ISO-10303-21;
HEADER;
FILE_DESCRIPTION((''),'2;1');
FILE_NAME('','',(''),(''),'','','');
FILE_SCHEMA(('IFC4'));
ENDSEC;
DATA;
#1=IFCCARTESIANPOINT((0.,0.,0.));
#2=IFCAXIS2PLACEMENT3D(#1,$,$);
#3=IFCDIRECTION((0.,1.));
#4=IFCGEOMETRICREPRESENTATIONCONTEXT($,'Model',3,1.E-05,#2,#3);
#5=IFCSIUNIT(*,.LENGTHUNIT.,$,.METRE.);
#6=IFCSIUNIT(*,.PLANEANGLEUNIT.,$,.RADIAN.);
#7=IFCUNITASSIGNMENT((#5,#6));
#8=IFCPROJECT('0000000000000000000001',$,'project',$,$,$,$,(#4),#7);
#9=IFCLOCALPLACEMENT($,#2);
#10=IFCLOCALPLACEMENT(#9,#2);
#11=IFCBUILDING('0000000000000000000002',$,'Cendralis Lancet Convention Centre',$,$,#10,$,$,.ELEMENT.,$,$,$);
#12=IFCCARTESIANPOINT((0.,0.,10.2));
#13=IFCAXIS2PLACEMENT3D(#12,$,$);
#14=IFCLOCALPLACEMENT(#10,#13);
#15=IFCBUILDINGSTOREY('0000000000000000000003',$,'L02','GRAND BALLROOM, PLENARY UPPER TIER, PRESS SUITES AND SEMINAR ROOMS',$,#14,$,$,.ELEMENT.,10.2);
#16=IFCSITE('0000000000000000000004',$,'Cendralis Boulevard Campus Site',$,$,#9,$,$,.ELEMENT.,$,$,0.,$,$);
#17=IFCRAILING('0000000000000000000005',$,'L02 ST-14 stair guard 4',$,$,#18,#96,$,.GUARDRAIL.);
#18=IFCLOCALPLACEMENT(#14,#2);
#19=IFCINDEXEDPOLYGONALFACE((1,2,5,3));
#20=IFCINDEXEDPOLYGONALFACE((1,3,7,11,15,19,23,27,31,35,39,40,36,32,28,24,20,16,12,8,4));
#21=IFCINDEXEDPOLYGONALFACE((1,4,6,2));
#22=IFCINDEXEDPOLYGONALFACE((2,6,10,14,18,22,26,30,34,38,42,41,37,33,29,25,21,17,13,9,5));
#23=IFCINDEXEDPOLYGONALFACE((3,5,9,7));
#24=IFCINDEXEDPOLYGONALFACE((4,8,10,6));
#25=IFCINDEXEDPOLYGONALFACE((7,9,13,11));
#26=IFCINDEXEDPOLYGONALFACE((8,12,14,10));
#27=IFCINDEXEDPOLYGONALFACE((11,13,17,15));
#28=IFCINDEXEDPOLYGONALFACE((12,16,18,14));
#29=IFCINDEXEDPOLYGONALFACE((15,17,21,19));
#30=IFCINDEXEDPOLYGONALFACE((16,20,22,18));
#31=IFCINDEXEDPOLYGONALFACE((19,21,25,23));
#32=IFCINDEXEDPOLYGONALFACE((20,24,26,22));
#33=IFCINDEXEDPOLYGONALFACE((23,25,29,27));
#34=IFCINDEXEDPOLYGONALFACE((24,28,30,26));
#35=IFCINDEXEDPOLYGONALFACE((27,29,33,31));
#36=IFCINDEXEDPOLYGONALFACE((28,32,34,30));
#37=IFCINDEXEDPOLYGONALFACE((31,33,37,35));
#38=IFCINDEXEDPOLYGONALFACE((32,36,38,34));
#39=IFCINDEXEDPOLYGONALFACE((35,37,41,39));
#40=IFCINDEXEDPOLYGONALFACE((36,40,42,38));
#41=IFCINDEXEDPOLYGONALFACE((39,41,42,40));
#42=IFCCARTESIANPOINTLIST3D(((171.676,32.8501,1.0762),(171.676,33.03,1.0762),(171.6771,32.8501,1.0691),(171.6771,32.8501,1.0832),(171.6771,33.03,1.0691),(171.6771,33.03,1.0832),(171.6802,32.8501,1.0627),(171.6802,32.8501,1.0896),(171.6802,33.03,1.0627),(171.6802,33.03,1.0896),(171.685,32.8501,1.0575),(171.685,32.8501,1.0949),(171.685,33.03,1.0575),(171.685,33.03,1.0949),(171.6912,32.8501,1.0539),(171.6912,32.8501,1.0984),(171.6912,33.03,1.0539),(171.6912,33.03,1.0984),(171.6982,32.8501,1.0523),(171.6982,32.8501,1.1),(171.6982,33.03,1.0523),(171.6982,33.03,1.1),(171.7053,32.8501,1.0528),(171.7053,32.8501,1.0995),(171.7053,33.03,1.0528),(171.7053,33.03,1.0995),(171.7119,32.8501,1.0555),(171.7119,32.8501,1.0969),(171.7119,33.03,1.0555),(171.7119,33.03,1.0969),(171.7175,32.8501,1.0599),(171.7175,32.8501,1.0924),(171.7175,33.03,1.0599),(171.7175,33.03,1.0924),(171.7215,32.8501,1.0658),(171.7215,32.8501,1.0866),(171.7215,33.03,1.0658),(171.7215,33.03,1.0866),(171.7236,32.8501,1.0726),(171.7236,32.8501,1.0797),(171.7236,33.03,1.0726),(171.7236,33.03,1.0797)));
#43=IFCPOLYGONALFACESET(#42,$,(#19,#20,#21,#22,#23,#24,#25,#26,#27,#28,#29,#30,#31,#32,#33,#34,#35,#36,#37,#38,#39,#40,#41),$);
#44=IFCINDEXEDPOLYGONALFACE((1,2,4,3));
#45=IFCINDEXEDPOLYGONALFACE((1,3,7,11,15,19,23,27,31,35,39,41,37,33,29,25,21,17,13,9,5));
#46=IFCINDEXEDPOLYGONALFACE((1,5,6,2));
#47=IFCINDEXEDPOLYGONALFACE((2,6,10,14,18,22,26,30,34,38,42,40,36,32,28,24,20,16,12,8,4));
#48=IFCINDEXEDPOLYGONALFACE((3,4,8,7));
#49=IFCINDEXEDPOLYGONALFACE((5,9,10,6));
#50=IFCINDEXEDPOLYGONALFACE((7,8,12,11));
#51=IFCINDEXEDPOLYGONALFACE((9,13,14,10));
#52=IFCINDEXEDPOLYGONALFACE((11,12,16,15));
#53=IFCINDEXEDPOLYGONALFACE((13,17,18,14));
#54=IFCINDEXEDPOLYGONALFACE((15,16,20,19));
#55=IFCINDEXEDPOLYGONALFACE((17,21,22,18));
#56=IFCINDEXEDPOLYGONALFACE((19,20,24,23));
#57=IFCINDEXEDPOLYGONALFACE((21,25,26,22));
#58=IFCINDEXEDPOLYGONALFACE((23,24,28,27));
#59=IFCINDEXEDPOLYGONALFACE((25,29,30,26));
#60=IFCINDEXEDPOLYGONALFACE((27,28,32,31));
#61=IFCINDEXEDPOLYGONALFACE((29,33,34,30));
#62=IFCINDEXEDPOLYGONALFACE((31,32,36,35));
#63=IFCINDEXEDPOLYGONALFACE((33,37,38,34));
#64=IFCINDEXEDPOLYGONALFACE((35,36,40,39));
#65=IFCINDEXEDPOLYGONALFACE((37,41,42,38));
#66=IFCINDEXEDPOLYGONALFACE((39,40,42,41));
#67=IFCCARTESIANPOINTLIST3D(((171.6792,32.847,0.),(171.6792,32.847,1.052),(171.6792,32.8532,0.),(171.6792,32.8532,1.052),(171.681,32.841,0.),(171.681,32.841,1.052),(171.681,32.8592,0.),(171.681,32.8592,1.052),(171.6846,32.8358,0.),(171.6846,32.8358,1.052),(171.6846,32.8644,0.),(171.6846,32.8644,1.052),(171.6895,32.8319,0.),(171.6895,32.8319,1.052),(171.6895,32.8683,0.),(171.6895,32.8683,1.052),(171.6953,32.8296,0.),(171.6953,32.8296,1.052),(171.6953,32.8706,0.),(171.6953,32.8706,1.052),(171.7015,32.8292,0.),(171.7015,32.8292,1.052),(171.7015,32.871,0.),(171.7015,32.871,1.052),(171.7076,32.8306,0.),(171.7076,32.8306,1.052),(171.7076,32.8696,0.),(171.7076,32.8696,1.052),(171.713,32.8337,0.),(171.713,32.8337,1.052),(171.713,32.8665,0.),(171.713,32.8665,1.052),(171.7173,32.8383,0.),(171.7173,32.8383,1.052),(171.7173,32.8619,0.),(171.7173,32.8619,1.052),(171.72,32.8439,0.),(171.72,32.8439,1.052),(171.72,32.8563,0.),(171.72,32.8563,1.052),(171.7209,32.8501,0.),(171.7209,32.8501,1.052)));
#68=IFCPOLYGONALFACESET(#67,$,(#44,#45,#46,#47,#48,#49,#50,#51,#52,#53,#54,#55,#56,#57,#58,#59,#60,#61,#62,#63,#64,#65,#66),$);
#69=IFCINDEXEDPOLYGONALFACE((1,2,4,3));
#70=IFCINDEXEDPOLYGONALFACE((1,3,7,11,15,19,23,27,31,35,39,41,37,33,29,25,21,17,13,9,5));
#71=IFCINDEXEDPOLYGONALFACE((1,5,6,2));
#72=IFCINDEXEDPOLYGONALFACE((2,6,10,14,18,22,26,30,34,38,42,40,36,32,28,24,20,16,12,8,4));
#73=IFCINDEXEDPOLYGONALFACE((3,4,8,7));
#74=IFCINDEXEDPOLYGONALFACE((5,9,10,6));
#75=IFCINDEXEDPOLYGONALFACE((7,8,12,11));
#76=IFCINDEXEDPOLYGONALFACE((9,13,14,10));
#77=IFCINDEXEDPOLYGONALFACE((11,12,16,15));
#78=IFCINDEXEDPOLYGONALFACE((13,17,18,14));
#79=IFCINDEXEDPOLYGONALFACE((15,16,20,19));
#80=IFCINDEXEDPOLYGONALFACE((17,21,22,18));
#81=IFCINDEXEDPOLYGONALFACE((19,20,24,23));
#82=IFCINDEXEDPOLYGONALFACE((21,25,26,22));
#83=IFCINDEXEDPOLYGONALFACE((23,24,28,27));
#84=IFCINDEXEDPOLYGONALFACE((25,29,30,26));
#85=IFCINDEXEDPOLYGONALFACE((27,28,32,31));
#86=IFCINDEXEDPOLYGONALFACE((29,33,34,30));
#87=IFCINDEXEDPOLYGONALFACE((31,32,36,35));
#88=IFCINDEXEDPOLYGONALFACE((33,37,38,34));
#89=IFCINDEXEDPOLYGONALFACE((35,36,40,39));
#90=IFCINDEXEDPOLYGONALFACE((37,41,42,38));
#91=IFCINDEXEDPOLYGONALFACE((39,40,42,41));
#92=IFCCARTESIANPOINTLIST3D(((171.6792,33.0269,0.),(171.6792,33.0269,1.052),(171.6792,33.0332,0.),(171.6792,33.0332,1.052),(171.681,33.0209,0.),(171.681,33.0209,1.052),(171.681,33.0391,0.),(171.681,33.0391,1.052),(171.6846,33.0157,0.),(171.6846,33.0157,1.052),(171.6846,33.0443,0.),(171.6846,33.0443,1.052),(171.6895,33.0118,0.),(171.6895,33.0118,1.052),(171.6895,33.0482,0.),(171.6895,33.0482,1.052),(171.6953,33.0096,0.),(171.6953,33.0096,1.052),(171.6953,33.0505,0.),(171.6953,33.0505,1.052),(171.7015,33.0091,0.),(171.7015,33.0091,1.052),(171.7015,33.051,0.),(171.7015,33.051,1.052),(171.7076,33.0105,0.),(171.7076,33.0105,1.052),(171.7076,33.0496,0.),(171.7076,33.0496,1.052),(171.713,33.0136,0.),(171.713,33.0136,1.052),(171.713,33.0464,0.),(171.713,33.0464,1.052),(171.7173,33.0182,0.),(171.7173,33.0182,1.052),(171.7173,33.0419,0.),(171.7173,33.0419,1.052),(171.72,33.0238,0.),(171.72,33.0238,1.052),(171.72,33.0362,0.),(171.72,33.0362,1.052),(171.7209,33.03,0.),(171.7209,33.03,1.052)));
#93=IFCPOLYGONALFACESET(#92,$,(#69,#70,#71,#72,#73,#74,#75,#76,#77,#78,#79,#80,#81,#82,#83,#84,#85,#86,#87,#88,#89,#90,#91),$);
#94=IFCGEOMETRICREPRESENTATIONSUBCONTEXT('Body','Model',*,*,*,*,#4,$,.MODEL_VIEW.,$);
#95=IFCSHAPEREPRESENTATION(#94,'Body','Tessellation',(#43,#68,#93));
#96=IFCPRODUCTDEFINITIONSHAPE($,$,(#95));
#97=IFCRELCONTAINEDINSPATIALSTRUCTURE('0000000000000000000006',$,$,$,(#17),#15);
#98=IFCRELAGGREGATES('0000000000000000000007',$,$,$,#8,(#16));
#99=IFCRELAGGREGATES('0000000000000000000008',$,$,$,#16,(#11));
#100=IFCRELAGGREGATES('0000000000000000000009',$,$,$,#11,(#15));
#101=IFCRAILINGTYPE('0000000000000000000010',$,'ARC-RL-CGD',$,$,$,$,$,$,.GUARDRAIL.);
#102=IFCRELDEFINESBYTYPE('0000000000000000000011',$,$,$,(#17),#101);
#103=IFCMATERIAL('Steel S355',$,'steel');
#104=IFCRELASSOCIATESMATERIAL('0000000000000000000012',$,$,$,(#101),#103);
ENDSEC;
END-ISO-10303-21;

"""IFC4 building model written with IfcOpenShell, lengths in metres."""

from ifc_helpers import new_model, si_unit, direction, frame, origin, origin_2d, place, context, subcontext, project, spatial, circle, extrude, material, type_object, element, save


model = new_model("IFC4")

# Units and contexts
model_context = context("Model", 3, precision=1e-05, world=origin(), true_north=direction((0.0, 1.0)))
body_context = subcontext(model_context, "Body", "Model", "MODEL_VIEW")
ifc_project = project(units=[si_unit("LENGTHUNIT", "METRE"), si_unit("PLANEANGLEUNIT", "RADIAN")], contexts=[model_context])

# Site, building, storey
site_placement = place(None, origin())
site = spatial("IfcSite", under=ifc_project, at=site_placement, Name="Cendralis Boulevard Campus Site", CompositionType="ELEMENT", RefElevation=0.0)
building_placement = place(site_placement, origin())
building = spatial("IfcBuilding", under=site, at=building_placement, Name="Cendralis Lancet Convention Centre", CompositionType="ELEMENT")
storey_placement = place(building_placement, frame((0.0, 0.0, 10.2)))
storey = spatial("IfcBuildingStorey", under=building, at=storey_placement, Name="L02", Description="GRAND BALLROOM, PLENARY UPPER TIER, PRESS SUITES AND SEMINAR ROOMS", CompositionType="ELEMENT", Elevation=10.2)

# Shared definitions
ifc_material_1 = material(Name="Steel S355", Category="steel")

# Railing
railing_type_1 = type_object("IfcRailingType", Name="ARC-RL-CGD", PredefinedType="GUARDRAIL", material=ifc_material_1)
railing_1_placement = place(storey_placement, frame((171.7, 32.8501, 0.0)))
element("IfcRailing", 1, at=railing_1_placement, inside=storey, type_object=railing_type_1, Name="L02 ST-14 stair guard 4", PredefinedType="GUARDRAIL", context=body_context, shape_type="SweptSolid", body=[
    extrude(circle(Radius=0.0239, at=origin_2d()), frame((0.0, 0.0, 1.0762), z_axis=(0.0, 1.0, 0.0), x_axis=(-1.0, 0.0, 0.0)), (0.0, 0.0, 1.0), 0.1799),
    extrude(circle(Radius=0.021, at=origin_2d()), origin(), (0.0, 0.0, 1.0), 1.052),
    extrude(circle(Radius=0.021, at=origin_2d()), frame((0.0, 0.1799, 0.0)), (0.0, 0.0, 1.0), 1.052),
])

save(model, "model.ifc")
